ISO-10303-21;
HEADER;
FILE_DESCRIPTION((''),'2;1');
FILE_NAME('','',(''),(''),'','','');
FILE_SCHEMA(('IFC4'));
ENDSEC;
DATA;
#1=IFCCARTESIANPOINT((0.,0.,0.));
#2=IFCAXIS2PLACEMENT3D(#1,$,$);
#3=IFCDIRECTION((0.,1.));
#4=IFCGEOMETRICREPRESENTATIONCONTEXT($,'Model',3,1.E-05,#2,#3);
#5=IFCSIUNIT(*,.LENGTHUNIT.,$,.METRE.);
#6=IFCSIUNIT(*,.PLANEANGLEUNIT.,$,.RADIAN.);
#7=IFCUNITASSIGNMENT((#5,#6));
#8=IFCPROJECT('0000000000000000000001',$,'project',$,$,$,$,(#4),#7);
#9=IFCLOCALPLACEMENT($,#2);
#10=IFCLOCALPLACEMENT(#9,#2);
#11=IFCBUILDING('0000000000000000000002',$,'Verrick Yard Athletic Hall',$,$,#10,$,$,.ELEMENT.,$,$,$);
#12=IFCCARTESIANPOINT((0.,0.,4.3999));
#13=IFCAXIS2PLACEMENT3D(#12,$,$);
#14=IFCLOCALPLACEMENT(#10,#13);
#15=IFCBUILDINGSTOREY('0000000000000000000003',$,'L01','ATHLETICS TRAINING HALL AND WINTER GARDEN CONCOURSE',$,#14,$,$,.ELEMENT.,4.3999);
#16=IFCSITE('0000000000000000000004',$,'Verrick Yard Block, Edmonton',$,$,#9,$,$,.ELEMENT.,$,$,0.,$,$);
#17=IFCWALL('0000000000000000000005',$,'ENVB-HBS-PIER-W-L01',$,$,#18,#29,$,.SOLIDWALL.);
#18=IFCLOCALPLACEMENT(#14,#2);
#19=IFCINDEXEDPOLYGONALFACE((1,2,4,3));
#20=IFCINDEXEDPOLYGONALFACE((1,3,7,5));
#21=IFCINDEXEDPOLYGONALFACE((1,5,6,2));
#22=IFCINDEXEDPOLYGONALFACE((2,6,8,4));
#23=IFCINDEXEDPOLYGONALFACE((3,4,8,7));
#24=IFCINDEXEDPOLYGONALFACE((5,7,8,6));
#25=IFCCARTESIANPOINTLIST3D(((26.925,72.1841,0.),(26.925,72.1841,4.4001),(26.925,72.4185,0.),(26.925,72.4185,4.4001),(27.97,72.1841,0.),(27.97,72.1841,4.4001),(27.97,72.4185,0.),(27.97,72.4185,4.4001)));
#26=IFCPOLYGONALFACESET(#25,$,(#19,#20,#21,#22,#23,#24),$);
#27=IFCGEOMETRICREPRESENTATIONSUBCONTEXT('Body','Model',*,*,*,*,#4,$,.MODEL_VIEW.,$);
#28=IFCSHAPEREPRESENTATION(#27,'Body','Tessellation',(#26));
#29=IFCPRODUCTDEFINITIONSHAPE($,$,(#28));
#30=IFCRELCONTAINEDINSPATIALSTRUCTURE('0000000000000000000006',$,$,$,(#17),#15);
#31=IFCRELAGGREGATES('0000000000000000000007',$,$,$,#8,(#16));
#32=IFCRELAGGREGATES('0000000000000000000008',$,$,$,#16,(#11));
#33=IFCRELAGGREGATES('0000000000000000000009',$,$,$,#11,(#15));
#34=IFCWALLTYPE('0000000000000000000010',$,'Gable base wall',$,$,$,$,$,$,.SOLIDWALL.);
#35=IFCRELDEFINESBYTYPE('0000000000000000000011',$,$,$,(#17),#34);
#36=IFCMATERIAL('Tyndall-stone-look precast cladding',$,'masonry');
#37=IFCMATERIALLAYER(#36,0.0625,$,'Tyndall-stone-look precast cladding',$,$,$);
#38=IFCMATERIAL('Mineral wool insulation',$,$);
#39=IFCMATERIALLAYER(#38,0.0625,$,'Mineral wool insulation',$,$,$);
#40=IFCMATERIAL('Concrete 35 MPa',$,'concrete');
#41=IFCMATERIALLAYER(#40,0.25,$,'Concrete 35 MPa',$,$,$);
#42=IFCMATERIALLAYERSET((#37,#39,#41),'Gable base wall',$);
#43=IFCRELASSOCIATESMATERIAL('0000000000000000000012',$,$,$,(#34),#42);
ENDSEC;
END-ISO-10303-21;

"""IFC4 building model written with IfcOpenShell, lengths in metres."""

from ifc_helpers import new_model, si_unit, direction, frame, frame_2d, origin, place, context, subcontext, project, spatial, rectangle, extrude, material, layer, layer_set, type_object, element, save


model = new_model("IFC4")

# Units and contexts
model_context = context("Model", 3, precision=1e-05, world=origin(), true_north=direction((0.0, 1.0)))
body_context = subcontext(model_context, "Body", "Model", "MODEL_VIEW")
ifc_project = project(units=[si_unit("LENGTHUNIT", "METRE"), si_unit("PLANEANGLEUNIT", "RADIAN")], contexts=[model_context])

# Site, building, storey
site_placement = place(None, origin())
site = spatial("IfcSite", under=ifc_project, at=site_placement, Name="Verrick Yard Block, Edmonton", CompositionType="ELEMENT", RefElevation=0.0)
building_placement = place(site_placement, origin())
building = spatial("IfcBuilding", under=site, at=building_placement, Name="Verrick Yard Athletic Hall", CompositionType="ELEMENT")
storey_placement = place(building_placement, frame((0.0, 0.0, 4.3999)))
storey = spatial("IfcBuildingStorey", under=building, at=storey_placement, Name="L01", Description="ATHLETICS TRAINING HALL AND WINTER GARDEN CONCOURSE", CompositionType="ELEMENT", Elevation=4.3999)

# Wall
ifc_material_1 = material(Name="Tyndall-stone-look precast cladding", Category="masonry")
ifc_layer_1 = layer(ifc_material_1, 0.0625, Name="Tyndall-stone-look precast cladding")
ifc_material_2 = material(Name="Mineral wool insulation")
ifc_layer_2 = layer(ifc_material_2, 0.0625, Name="Mineral wool insulation")
ifc_material_3 = material(Name="Concrete 35 MPa", Category="concrete")
ifc_layer_3 = layer(ifc_material_3, 0.25, Name="Concrete 35 MPa")
ifc_layer_set_1 = layer_set([ifc_layer_1, ifc_layer_2, ifc_layer_3], Name="Gable base wall")
wall_type = type_object("IfcWallType", Name="Gable base wall", PredefinedType="SOLIDWALL", material=ifc_layer_set_1)
wall_placement = place(storey_placement, frame((26.925, 72.3013, 0.0), z_axis=(0.0, 0.0, 1.0), x_axis=(1.0, 0.0, 0.0)))
element("IfcWall", 1, at=wall_placement, inside=storey, type_object=wall_type, Name="ENVB-HBS-PIER-W-L01", PredefinedType="SOLIDWALL", context=body_context, shape_type="SweptSolid", body=[
    extrude(rectangle(XDim=1.0449, YDim=0.2344, at=frame_2d((0.5225, 0.0))), origin(), (0.0, 0.0, 1.0), 4.4001),
])

save(model, "model.ifc")
